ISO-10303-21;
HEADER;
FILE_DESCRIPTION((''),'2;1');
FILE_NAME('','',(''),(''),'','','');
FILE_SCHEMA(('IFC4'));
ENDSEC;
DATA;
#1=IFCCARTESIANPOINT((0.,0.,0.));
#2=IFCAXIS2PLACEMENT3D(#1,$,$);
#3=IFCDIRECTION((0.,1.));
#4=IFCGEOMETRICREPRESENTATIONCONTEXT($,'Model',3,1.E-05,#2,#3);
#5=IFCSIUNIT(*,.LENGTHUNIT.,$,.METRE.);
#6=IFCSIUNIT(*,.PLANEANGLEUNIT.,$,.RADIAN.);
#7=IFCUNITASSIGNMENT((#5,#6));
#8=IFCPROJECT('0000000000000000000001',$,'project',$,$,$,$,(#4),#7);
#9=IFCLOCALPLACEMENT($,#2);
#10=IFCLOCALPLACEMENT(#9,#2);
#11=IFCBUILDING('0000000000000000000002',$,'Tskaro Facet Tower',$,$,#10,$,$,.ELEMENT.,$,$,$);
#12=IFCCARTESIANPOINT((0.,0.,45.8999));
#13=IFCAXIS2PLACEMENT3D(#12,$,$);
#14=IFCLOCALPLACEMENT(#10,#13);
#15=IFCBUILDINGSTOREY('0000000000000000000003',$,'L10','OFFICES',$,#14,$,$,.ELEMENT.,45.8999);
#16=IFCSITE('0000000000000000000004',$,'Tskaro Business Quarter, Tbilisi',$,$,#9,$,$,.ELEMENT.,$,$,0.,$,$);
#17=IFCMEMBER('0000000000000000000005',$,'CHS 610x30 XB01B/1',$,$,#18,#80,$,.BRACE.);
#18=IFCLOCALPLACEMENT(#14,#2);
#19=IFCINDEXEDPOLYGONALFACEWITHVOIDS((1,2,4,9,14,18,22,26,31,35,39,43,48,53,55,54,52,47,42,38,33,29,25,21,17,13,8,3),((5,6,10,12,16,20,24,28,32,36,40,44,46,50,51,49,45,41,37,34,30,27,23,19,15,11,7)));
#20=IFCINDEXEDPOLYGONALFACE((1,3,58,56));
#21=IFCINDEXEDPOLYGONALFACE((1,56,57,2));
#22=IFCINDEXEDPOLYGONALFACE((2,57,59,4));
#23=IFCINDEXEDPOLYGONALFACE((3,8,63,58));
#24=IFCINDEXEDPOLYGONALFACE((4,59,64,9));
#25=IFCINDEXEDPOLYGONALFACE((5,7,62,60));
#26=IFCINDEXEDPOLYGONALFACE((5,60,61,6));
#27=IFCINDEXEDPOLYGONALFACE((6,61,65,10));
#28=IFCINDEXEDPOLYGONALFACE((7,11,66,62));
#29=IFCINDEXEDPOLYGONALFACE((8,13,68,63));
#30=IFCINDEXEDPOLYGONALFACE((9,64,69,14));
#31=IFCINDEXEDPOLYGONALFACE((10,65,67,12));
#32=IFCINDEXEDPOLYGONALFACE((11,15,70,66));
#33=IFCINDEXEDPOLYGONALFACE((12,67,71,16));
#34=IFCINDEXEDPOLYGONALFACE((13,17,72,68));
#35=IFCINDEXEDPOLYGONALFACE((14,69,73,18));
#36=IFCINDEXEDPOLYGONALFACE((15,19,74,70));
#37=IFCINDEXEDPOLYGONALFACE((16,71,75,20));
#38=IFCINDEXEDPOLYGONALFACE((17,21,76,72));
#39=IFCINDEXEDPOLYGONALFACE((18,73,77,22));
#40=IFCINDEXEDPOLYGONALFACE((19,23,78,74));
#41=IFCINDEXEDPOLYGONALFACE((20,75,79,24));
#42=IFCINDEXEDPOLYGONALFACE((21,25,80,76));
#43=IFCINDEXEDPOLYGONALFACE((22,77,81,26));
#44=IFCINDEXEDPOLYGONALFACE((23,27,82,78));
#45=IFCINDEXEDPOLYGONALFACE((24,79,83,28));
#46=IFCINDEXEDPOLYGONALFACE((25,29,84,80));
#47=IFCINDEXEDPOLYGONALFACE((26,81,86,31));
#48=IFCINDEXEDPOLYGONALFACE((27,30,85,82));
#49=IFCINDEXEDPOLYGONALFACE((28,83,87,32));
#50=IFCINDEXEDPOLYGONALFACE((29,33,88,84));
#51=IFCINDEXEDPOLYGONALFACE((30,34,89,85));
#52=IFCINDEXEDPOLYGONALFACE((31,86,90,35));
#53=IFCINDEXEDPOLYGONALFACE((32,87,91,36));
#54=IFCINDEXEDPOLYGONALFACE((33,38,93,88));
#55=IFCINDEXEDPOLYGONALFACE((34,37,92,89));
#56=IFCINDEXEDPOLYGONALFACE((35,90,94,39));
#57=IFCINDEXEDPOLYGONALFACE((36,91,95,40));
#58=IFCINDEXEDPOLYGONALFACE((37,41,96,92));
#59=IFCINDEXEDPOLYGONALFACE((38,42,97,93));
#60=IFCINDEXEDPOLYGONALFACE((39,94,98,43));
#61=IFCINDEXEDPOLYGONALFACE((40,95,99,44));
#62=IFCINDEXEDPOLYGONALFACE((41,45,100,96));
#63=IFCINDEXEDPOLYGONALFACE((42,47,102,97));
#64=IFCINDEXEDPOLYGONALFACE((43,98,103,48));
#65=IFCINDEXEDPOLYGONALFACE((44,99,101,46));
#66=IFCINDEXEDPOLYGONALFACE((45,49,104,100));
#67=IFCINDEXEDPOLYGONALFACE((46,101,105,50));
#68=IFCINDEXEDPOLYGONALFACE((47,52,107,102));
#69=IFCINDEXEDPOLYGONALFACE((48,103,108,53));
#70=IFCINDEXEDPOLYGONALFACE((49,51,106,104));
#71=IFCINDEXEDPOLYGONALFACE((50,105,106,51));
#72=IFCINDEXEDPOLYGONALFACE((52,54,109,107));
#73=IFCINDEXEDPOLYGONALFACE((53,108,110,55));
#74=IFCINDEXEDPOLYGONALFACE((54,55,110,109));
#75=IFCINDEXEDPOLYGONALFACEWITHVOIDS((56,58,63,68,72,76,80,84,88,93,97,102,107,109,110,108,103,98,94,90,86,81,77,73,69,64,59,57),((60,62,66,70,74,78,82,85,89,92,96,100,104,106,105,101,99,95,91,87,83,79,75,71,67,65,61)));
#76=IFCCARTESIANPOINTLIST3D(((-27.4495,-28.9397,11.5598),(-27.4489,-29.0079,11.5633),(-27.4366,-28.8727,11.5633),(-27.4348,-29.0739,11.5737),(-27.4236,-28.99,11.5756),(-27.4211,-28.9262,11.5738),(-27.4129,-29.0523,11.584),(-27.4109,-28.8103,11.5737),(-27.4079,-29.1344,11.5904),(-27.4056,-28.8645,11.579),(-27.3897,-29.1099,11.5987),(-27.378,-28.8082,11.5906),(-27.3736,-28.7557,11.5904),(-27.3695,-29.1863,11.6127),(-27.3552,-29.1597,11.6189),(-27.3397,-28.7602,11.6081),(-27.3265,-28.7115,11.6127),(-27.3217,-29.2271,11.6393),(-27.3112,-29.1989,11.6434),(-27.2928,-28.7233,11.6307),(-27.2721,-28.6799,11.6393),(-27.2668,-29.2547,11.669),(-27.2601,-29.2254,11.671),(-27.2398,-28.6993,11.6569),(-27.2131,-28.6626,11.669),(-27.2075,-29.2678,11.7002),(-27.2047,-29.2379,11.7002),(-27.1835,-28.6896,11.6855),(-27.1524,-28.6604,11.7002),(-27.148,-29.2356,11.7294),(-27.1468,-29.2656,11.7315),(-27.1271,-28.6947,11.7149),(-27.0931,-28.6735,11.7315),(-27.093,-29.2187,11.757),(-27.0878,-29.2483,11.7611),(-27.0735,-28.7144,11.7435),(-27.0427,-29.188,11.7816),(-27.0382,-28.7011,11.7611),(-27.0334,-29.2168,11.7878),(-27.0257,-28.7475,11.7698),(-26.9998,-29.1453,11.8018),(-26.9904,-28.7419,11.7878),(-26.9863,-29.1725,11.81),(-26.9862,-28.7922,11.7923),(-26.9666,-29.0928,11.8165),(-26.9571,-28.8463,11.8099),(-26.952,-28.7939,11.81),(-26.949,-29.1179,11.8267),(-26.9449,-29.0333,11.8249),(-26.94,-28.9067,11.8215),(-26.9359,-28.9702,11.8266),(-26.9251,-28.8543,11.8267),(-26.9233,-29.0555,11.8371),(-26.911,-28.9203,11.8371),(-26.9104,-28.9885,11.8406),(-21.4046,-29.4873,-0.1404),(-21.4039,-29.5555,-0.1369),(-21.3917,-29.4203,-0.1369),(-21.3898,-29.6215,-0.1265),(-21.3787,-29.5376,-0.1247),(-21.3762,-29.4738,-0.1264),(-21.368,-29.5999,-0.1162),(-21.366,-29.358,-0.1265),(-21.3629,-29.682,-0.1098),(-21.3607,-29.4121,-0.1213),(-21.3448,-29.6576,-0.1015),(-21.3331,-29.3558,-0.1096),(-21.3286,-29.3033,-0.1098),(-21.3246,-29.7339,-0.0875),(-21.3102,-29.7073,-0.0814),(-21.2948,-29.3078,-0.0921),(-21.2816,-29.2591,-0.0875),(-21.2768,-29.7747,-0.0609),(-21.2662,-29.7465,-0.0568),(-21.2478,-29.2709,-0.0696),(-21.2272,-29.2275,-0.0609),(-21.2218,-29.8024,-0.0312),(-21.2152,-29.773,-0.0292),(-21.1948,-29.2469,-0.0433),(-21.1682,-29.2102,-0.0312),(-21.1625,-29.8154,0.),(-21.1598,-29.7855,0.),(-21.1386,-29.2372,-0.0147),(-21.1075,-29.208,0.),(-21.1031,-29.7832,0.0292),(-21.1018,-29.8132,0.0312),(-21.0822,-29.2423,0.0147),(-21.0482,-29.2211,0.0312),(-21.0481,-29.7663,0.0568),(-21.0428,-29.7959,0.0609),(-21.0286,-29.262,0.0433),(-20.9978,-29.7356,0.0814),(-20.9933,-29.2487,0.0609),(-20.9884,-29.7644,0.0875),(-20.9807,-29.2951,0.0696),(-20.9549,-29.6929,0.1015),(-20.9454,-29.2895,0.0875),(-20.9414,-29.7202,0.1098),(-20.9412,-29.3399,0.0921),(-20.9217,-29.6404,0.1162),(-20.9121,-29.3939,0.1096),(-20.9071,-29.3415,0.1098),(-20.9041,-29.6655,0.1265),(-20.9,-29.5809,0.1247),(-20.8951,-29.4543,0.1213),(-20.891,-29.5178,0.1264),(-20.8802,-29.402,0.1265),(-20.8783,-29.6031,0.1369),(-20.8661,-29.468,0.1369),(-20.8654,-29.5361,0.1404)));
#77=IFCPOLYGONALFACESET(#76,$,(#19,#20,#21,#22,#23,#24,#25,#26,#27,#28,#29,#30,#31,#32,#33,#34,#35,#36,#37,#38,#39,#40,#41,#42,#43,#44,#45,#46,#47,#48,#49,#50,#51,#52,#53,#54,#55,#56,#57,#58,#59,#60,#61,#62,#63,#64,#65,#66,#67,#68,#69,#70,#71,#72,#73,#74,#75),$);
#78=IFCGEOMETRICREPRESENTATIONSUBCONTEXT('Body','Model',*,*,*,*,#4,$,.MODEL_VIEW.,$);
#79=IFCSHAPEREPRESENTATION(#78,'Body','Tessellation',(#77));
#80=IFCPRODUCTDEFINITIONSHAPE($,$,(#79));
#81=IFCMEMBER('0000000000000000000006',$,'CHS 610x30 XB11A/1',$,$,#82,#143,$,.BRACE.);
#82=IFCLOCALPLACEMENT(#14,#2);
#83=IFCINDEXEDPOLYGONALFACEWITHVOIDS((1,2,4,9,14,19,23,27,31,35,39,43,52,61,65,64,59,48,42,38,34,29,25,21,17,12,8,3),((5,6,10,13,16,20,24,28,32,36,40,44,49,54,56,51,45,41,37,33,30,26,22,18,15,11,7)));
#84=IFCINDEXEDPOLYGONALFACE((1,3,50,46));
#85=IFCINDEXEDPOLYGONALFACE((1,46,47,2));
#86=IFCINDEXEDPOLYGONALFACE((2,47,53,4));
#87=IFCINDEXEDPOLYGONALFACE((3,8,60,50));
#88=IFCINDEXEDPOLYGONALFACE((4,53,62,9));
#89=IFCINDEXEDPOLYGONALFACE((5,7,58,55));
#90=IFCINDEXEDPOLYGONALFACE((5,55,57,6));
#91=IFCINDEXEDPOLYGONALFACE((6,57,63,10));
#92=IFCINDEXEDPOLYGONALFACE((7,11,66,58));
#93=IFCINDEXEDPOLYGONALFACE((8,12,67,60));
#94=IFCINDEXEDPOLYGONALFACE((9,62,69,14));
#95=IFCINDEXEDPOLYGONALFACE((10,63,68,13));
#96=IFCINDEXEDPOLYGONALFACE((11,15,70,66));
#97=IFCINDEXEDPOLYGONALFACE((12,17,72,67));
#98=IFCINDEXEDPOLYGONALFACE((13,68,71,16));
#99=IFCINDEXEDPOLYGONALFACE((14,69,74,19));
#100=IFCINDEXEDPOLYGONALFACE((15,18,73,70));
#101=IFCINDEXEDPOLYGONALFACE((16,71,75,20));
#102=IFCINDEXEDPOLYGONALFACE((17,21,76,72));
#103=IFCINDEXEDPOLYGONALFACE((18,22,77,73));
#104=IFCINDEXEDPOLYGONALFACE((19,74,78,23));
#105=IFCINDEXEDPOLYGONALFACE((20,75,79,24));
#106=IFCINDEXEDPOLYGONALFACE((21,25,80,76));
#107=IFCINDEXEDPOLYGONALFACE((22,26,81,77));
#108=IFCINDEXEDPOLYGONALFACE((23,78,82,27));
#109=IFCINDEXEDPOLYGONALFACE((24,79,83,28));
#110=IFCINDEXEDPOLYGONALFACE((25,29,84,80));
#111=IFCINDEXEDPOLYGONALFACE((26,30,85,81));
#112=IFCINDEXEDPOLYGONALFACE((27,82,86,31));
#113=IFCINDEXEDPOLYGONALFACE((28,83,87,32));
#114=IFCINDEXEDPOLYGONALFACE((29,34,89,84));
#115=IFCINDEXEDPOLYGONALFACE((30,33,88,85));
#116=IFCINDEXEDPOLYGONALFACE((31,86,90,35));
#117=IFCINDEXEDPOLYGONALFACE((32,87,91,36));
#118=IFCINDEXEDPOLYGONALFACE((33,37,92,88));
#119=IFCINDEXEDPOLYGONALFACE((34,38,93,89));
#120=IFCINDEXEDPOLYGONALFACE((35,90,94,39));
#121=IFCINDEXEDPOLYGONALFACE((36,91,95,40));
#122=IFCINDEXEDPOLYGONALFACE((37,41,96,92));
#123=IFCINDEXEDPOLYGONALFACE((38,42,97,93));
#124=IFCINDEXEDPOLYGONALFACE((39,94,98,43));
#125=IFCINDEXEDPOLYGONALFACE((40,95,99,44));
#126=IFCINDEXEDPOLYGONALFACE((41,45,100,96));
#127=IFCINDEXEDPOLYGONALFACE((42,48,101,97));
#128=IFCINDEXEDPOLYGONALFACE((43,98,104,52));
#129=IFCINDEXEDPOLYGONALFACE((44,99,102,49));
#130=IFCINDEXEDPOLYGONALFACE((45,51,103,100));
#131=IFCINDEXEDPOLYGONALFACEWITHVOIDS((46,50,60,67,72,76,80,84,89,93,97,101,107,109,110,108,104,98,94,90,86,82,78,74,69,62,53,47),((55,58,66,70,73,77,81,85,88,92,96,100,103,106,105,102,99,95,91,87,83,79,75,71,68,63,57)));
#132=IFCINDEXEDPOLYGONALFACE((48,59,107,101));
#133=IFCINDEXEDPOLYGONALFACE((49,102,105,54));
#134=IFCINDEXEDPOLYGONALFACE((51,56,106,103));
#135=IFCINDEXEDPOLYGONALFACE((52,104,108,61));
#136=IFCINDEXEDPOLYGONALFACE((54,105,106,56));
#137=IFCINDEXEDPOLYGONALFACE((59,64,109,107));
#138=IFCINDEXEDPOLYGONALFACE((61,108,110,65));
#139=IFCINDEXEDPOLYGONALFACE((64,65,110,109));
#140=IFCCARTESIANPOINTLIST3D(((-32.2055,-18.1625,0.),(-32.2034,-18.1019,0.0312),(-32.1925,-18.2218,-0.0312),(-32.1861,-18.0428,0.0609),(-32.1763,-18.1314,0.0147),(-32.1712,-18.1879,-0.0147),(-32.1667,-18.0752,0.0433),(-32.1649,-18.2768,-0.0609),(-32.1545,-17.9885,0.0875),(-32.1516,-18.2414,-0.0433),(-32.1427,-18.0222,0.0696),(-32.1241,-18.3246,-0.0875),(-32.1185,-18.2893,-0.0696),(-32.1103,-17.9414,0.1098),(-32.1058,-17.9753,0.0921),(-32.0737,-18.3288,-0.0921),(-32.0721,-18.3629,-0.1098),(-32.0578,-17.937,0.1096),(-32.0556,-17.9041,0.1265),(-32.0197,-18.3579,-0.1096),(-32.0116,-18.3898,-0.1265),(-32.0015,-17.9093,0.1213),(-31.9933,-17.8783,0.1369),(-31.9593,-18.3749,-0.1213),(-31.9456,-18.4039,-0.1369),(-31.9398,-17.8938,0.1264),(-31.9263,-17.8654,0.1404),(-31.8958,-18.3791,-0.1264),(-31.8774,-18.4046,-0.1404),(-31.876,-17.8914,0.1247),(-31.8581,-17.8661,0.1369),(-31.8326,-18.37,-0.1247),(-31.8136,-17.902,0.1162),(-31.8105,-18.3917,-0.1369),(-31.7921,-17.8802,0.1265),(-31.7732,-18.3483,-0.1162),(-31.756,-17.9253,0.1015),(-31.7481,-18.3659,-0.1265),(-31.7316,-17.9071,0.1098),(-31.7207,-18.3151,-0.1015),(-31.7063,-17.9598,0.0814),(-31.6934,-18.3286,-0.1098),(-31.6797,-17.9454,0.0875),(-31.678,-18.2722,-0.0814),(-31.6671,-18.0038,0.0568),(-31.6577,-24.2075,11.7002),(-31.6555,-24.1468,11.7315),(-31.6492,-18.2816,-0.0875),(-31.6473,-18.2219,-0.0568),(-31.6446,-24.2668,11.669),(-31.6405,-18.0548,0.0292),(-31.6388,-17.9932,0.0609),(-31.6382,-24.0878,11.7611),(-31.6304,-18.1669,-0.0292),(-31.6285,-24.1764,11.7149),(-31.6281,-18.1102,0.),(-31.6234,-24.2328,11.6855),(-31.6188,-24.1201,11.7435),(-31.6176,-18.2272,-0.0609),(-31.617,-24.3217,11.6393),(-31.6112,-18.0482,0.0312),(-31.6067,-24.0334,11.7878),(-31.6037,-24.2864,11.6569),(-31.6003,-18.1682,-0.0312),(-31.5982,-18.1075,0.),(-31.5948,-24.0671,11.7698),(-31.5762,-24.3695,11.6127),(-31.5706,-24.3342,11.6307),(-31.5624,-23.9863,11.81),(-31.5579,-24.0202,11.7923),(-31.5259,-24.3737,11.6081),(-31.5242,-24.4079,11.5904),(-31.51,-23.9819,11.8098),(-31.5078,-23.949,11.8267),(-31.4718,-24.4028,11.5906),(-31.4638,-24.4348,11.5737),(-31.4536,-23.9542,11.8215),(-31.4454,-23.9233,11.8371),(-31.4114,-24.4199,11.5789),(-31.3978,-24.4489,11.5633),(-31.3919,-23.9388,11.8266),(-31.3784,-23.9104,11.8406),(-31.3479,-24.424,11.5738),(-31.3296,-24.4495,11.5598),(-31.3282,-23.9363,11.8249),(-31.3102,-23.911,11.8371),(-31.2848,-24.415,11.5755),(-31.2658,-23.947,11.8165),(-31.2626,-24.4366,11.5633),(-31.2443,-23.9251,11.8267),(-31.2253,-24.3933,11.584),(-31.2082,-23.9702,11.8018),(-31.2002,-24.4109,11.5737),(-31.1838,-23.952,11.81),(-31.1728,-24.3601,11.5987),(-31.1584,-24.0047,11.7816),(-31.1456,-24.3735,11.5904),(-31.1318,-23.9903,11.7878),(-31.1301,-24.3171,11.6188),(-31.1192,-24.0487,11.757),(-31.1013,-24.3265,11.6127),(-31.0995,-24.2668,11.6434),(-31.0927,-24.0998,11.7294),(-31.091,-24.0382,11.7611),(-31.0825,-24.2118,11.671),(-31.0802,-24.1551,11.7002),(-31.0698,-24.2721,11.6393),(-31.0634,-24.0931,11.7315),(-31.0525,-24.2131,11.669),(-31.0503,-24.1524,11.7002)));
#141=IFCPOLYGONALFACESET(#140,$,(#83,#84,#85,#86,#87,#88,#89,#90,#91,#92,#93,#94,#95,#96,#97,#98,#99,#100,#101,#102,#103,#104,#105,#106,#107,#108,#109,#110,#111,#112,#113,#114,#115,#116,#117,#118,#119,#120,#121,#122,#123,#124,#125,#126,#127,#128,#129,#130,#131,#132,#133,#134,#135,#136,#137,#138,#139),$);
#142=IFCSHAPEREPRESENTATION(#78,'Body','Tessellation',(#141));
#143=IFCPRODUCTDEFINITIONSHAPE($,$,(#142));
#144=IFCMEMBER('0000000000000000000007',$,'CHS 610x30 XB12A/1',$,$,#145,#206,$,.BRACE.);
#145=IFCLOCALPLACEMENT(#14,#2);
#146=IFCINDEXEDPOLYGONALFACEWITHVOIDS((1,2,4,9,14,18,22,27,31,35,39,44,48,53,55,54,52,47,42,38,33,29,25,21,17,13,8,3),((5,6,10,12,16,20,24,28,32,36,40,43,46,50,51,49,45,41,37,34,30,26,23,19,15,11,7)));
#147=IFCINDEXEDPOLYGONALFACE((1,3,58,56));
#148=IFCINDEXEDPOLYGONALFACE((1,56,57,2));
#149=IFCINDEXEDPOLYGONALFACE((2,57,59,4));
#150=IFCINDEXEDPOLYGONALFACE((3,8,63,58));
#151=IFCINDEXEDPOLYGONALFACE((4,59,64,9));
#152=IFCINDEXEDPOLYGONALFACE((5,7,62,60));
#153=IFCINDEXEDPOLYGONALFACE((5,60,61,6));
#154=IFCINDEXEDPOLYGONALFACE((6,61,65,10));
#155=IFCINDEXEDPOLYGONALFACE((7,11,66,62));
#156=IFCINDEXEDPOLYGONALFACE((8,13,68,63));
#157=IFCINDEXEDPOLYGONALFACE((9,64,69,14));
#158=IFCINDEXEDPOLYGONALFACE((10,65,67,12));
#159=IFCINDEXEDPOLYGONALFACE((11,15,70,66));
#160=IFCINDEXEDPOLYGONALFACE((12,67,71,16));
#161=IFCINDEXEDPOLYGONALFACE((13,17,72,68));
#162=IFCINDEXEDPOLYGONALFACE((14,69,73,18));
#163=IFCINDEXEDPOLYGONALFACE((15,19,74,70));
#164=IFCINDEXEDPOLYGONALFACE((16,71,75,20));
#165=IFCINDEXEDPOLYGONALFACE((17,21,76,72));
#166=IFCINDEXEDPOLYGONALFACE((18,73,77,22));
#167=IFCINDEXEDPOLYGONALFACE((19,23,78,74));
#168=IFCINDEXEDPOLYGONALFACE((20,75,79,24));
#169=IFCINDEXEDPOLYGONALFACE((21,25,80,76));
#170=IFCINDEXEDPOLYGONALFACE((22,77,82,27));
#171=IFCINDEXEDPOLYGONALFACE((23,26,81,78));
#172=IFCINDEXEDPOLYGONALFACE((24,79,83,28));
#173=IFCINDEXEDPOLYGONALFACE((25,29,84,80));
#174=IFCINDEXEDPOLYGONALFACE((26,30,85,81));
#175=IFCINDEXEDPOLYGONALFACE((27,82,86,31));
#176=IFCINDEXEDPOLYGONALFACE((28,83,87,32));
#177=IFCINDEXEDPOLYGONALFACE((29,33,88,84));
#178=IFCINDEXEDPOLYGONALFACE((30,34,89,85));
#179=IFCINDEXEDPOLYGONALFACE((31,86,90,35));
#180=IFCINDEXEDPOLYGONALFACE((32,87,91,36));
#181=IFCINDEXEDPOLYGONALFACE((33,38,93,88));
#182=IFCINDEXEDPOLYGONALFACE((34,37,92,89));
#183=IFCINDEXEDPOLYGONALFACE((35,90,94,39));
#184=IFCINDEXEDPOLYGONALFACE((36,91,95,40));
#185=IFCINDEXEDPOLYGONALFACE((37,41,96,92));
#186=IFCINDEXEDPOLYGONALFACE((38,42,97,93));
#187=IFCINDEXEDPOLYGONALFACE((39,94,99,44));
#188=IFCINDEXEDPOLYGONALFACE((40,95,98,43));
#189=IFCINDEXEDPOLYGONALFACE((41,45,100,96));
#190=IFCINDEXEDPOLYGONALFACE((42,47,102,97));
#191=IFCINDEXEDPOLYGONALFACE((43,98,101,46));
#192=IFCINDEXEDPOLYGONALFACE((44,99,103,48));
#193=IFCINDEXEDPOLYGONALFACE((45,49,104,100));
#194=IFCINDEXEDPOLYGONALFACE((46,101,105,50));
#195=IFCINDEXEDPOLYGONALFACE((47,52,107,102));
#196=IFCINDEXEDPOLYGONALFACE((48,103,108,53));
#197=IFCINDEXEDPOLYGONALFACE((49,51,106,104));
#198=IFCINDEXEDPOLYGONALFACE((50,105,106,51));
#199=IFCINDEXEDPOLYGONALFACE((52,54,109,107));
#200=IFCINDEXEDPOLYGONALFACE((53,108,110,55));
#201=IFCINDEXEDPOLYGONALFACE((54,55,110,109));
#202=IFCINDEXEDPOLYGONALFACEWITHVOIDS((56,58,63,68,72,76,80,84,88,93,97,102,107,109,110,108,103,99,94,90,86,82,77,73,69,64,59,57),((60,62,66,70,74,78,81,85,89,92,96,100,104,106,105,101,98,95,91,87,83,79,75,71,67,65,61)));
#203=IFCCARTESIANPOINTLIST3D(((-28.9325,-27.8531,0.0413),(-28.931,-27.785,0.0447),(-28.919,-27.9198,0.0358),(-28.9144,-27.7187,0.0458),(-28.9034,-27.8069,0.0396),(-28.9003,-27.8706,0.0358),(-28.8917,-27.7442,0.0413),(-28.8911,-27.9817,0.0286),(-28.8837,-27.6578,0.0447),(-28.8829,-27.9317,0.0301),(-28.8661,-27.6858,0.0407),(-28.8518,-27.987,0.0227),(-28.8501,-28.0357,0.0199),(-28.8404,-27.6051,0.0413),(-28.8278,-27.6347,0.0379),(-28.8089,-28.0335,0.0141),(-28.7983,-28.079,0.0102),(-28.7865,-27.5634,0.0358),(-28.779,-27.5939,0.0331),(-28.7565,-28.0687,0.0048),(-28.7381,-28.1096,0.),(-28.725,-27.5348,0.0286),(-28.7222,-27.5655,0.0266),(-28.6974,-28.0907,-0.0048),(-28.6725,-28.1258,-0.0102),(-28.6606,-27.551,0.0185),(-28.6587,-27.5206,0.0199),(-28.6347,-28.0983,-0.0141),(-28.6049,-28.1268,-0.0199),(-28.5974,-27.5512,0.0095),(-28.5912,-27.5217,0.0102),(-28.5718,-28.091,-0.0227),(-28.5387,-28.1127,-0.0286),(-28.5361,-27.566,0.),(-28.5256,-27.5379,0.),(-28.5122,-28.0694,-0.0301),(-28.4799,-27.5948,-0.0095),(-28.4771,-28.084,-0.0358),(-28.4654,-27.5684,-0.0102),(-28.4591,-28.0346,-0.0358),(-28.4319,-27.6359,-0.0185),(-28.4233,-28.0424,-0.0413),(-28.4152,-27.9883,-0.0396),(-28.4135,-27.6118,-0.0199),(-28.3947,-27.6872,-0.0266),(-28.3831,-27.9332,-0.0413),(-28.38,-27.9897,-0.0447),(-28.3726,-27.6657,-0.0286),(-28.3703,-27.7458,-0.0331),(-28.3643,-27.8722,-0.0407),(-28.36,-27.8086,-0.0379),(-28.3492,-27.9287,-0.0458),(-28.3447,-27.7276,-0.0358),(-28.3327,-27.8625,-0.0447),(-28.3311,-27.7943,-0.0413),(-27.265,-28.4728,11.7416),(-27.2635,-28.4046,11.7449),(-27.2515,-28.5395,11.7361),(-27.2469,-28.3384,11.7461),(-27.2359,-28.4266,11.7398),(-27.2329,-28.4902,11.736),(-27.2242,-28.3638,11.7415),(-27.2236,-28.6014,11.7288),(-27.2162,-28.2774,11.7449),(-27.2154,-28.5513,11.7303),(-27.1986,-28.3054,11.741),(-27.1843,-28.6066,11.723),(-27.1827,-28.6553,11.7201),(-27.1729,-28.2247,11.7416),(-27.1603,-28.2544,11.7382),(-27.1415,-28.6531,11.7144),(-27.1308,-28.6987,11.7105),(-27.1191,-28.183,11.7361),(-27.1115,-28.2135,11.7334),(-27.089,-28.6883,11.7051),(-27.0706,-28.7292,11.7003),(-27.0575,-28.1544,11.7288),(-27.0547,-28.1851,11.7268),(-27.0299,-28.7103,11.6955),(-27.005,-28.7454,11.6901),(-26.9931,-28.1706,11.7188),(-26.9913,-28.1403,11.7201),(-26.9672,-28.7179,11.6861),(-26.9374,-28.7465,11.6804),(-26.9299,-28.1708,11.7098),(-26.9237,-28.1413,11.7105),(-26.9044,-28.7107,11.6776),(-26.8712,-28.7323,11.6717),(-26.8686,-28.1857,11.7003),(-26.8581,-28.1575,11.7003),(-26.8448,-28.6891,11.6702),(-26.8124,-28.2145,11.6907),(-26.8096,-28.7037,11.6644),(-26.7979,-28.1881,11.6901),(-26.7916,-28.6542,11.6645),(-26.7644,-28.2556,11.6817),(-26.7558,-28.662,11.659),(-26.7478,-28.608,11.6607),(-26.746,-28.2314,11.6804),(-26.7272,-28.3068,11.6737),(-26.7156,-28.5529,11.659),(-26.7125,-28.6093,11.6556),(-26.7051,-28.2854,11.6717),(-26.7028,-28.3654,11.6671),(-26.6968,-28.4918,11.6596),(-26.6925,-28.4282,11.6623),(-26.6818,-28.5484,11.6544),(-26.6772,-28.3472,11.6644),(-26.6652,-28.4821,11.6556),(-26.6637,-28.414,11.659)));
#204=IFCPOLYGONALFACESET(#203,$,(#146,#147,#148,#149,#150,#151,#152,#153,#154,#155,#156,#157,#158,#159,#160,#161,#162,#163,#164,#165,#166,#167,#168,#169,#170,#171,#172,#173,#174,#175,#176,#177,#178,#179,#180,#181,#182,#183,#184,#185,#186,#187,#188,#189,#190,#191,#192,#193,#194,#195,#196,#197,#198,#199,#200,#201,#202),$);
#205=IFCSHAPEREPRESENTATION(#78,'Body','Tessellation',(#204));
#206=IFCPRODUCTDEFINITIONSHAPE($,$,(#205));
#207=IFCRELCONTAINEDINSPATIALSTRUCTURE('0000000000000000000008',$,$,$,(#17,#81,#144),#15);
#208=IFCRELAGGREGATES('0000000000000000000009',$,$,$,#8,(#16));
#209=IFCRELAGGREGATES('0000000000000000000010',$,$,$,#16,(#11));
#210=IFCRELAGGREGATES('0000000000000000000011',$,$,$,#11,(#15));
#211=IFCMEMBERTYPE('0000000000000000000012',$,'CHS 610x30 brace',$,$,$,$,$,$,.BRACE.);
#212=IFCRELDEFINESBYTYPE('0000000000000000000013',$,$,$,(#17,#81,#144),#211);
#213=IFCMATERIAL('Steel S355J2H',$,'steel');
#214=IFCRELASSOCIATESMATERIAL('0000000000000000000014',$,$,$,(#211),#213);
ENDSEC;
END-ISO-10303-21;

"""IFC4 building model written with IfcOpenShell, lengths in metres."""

from ifc_helpers import new_model, si_unit, direction, frame, origin, origin_2d, place, context, subcontext, project, spatial, hollow_circle, extrude, material, material_profile, profile_set, type_object, element, save


model = new_model("IFC4")

# Units and contexts
model_context = context("Model", 3, precision=1e-05, world=origin(), true_north=direction((0.0, 1.0)))
body_context = subcontext(model_context, "Body", "Model", "MODEL_VIEW")
ifc_project = project(units=[si_unit("LENGTHUNIT", "METRE"), si_unit("PLANEANGLEUNIT", "RADIAN")], contexts=[model_context])

# Site, building, storey
site_placement = place(None, origin())
site = spatial("IfcSite", under=ifc_project, at=site_placement, Name="Tskaro Business Quarter, Tbilisi", CompositionType="ELEMENT", RefElevation=0.0)
building_placement = place(site_placement, origin())
building = spatial("IfcBuilding", under=site, at=building_placement, Name="Tskaro Facet Tower", CompositionType="ELEMENT")
storey_placement = place(building_placement, frame((0.0, 0.0, 45.8999)))
storey = spatial("IfcBuildingStorey", under=building, at=storey_placement, Name="L10", Description="OFFICES", CompositionType="ELEMENT", Elevation=45.8999)

# Shared definitions
ifc_material_1 = material(Name="Steel S355J2H", Category="steel")

# Members
ifc_material_profile_1 = material_profile(ifc_material_1, hollow_circle(Radius=0.3049, WallThickness=0.03, at=origin_2d()), Name="CHS 610x30")
ifc_profile_set_1 = profile_set([ifc_material_profile_1], Name="Steel S355J2H")
member_type_1 = type_object("IfcMemberType", Name="CHS 610x30 brace", PredefinedType="BRACE", material=ifc_profile_set_1)
for number, where, z_axis, x_axis, name in (
    (1, (-21.135, -29.5117, 0.0), (-0.458613, 0.041546, 0.887664), (-0.09022, -0.995922, 0.0), "CHS 610x30 XB01B/1"),
    (2, (-31.9019, -18.135, 0.0), (0.041564, -0.458613, 0.887664), (0.995918, 0.09026, 0.0), "CHS 610x30 XB11A/1"),
):
    element("IfcMember", number, at=place(storey_placement, frame(where, z_axis=z_axis, x_axis=x_axis)), inside=storey, type_object=member_type_1, Name=name, PredefinedType="BRACE", context=body_context, shape_type="SweptSolid", body=[
        extrude(hollow_circle(Radius=0.3049, WallThickness=0.03, at=origin_2d()), origin(), (0.0, 0.0, 1.0), 13.1809),
    ])
for number, where, z_axis, x_axis, name in (
    (3, (-28.6318, -27.8237, 0.0), (0.140898, -0.052357, 0.988639), (0.348324, 0.937374, 0.0), "CHS 610x30 XB12A/1"),
):
    element("IfcMember", number, at=place(storey_placement, frame(where, z_axis=z_axis, x_axis=x_axis)), inside=storey, type_object=member_type_1, Name=name, PredefinedType="BRACE", context=body_context, shape_type="SweptSolid", body=[
        extrude(hollow_circle(Radius=0.3049, WallThickness=0.03, at=origin_2d()), origin(), (0.0, 0.0, 1.0), 11.8347),
    ])

save(model, "model.ifc")
